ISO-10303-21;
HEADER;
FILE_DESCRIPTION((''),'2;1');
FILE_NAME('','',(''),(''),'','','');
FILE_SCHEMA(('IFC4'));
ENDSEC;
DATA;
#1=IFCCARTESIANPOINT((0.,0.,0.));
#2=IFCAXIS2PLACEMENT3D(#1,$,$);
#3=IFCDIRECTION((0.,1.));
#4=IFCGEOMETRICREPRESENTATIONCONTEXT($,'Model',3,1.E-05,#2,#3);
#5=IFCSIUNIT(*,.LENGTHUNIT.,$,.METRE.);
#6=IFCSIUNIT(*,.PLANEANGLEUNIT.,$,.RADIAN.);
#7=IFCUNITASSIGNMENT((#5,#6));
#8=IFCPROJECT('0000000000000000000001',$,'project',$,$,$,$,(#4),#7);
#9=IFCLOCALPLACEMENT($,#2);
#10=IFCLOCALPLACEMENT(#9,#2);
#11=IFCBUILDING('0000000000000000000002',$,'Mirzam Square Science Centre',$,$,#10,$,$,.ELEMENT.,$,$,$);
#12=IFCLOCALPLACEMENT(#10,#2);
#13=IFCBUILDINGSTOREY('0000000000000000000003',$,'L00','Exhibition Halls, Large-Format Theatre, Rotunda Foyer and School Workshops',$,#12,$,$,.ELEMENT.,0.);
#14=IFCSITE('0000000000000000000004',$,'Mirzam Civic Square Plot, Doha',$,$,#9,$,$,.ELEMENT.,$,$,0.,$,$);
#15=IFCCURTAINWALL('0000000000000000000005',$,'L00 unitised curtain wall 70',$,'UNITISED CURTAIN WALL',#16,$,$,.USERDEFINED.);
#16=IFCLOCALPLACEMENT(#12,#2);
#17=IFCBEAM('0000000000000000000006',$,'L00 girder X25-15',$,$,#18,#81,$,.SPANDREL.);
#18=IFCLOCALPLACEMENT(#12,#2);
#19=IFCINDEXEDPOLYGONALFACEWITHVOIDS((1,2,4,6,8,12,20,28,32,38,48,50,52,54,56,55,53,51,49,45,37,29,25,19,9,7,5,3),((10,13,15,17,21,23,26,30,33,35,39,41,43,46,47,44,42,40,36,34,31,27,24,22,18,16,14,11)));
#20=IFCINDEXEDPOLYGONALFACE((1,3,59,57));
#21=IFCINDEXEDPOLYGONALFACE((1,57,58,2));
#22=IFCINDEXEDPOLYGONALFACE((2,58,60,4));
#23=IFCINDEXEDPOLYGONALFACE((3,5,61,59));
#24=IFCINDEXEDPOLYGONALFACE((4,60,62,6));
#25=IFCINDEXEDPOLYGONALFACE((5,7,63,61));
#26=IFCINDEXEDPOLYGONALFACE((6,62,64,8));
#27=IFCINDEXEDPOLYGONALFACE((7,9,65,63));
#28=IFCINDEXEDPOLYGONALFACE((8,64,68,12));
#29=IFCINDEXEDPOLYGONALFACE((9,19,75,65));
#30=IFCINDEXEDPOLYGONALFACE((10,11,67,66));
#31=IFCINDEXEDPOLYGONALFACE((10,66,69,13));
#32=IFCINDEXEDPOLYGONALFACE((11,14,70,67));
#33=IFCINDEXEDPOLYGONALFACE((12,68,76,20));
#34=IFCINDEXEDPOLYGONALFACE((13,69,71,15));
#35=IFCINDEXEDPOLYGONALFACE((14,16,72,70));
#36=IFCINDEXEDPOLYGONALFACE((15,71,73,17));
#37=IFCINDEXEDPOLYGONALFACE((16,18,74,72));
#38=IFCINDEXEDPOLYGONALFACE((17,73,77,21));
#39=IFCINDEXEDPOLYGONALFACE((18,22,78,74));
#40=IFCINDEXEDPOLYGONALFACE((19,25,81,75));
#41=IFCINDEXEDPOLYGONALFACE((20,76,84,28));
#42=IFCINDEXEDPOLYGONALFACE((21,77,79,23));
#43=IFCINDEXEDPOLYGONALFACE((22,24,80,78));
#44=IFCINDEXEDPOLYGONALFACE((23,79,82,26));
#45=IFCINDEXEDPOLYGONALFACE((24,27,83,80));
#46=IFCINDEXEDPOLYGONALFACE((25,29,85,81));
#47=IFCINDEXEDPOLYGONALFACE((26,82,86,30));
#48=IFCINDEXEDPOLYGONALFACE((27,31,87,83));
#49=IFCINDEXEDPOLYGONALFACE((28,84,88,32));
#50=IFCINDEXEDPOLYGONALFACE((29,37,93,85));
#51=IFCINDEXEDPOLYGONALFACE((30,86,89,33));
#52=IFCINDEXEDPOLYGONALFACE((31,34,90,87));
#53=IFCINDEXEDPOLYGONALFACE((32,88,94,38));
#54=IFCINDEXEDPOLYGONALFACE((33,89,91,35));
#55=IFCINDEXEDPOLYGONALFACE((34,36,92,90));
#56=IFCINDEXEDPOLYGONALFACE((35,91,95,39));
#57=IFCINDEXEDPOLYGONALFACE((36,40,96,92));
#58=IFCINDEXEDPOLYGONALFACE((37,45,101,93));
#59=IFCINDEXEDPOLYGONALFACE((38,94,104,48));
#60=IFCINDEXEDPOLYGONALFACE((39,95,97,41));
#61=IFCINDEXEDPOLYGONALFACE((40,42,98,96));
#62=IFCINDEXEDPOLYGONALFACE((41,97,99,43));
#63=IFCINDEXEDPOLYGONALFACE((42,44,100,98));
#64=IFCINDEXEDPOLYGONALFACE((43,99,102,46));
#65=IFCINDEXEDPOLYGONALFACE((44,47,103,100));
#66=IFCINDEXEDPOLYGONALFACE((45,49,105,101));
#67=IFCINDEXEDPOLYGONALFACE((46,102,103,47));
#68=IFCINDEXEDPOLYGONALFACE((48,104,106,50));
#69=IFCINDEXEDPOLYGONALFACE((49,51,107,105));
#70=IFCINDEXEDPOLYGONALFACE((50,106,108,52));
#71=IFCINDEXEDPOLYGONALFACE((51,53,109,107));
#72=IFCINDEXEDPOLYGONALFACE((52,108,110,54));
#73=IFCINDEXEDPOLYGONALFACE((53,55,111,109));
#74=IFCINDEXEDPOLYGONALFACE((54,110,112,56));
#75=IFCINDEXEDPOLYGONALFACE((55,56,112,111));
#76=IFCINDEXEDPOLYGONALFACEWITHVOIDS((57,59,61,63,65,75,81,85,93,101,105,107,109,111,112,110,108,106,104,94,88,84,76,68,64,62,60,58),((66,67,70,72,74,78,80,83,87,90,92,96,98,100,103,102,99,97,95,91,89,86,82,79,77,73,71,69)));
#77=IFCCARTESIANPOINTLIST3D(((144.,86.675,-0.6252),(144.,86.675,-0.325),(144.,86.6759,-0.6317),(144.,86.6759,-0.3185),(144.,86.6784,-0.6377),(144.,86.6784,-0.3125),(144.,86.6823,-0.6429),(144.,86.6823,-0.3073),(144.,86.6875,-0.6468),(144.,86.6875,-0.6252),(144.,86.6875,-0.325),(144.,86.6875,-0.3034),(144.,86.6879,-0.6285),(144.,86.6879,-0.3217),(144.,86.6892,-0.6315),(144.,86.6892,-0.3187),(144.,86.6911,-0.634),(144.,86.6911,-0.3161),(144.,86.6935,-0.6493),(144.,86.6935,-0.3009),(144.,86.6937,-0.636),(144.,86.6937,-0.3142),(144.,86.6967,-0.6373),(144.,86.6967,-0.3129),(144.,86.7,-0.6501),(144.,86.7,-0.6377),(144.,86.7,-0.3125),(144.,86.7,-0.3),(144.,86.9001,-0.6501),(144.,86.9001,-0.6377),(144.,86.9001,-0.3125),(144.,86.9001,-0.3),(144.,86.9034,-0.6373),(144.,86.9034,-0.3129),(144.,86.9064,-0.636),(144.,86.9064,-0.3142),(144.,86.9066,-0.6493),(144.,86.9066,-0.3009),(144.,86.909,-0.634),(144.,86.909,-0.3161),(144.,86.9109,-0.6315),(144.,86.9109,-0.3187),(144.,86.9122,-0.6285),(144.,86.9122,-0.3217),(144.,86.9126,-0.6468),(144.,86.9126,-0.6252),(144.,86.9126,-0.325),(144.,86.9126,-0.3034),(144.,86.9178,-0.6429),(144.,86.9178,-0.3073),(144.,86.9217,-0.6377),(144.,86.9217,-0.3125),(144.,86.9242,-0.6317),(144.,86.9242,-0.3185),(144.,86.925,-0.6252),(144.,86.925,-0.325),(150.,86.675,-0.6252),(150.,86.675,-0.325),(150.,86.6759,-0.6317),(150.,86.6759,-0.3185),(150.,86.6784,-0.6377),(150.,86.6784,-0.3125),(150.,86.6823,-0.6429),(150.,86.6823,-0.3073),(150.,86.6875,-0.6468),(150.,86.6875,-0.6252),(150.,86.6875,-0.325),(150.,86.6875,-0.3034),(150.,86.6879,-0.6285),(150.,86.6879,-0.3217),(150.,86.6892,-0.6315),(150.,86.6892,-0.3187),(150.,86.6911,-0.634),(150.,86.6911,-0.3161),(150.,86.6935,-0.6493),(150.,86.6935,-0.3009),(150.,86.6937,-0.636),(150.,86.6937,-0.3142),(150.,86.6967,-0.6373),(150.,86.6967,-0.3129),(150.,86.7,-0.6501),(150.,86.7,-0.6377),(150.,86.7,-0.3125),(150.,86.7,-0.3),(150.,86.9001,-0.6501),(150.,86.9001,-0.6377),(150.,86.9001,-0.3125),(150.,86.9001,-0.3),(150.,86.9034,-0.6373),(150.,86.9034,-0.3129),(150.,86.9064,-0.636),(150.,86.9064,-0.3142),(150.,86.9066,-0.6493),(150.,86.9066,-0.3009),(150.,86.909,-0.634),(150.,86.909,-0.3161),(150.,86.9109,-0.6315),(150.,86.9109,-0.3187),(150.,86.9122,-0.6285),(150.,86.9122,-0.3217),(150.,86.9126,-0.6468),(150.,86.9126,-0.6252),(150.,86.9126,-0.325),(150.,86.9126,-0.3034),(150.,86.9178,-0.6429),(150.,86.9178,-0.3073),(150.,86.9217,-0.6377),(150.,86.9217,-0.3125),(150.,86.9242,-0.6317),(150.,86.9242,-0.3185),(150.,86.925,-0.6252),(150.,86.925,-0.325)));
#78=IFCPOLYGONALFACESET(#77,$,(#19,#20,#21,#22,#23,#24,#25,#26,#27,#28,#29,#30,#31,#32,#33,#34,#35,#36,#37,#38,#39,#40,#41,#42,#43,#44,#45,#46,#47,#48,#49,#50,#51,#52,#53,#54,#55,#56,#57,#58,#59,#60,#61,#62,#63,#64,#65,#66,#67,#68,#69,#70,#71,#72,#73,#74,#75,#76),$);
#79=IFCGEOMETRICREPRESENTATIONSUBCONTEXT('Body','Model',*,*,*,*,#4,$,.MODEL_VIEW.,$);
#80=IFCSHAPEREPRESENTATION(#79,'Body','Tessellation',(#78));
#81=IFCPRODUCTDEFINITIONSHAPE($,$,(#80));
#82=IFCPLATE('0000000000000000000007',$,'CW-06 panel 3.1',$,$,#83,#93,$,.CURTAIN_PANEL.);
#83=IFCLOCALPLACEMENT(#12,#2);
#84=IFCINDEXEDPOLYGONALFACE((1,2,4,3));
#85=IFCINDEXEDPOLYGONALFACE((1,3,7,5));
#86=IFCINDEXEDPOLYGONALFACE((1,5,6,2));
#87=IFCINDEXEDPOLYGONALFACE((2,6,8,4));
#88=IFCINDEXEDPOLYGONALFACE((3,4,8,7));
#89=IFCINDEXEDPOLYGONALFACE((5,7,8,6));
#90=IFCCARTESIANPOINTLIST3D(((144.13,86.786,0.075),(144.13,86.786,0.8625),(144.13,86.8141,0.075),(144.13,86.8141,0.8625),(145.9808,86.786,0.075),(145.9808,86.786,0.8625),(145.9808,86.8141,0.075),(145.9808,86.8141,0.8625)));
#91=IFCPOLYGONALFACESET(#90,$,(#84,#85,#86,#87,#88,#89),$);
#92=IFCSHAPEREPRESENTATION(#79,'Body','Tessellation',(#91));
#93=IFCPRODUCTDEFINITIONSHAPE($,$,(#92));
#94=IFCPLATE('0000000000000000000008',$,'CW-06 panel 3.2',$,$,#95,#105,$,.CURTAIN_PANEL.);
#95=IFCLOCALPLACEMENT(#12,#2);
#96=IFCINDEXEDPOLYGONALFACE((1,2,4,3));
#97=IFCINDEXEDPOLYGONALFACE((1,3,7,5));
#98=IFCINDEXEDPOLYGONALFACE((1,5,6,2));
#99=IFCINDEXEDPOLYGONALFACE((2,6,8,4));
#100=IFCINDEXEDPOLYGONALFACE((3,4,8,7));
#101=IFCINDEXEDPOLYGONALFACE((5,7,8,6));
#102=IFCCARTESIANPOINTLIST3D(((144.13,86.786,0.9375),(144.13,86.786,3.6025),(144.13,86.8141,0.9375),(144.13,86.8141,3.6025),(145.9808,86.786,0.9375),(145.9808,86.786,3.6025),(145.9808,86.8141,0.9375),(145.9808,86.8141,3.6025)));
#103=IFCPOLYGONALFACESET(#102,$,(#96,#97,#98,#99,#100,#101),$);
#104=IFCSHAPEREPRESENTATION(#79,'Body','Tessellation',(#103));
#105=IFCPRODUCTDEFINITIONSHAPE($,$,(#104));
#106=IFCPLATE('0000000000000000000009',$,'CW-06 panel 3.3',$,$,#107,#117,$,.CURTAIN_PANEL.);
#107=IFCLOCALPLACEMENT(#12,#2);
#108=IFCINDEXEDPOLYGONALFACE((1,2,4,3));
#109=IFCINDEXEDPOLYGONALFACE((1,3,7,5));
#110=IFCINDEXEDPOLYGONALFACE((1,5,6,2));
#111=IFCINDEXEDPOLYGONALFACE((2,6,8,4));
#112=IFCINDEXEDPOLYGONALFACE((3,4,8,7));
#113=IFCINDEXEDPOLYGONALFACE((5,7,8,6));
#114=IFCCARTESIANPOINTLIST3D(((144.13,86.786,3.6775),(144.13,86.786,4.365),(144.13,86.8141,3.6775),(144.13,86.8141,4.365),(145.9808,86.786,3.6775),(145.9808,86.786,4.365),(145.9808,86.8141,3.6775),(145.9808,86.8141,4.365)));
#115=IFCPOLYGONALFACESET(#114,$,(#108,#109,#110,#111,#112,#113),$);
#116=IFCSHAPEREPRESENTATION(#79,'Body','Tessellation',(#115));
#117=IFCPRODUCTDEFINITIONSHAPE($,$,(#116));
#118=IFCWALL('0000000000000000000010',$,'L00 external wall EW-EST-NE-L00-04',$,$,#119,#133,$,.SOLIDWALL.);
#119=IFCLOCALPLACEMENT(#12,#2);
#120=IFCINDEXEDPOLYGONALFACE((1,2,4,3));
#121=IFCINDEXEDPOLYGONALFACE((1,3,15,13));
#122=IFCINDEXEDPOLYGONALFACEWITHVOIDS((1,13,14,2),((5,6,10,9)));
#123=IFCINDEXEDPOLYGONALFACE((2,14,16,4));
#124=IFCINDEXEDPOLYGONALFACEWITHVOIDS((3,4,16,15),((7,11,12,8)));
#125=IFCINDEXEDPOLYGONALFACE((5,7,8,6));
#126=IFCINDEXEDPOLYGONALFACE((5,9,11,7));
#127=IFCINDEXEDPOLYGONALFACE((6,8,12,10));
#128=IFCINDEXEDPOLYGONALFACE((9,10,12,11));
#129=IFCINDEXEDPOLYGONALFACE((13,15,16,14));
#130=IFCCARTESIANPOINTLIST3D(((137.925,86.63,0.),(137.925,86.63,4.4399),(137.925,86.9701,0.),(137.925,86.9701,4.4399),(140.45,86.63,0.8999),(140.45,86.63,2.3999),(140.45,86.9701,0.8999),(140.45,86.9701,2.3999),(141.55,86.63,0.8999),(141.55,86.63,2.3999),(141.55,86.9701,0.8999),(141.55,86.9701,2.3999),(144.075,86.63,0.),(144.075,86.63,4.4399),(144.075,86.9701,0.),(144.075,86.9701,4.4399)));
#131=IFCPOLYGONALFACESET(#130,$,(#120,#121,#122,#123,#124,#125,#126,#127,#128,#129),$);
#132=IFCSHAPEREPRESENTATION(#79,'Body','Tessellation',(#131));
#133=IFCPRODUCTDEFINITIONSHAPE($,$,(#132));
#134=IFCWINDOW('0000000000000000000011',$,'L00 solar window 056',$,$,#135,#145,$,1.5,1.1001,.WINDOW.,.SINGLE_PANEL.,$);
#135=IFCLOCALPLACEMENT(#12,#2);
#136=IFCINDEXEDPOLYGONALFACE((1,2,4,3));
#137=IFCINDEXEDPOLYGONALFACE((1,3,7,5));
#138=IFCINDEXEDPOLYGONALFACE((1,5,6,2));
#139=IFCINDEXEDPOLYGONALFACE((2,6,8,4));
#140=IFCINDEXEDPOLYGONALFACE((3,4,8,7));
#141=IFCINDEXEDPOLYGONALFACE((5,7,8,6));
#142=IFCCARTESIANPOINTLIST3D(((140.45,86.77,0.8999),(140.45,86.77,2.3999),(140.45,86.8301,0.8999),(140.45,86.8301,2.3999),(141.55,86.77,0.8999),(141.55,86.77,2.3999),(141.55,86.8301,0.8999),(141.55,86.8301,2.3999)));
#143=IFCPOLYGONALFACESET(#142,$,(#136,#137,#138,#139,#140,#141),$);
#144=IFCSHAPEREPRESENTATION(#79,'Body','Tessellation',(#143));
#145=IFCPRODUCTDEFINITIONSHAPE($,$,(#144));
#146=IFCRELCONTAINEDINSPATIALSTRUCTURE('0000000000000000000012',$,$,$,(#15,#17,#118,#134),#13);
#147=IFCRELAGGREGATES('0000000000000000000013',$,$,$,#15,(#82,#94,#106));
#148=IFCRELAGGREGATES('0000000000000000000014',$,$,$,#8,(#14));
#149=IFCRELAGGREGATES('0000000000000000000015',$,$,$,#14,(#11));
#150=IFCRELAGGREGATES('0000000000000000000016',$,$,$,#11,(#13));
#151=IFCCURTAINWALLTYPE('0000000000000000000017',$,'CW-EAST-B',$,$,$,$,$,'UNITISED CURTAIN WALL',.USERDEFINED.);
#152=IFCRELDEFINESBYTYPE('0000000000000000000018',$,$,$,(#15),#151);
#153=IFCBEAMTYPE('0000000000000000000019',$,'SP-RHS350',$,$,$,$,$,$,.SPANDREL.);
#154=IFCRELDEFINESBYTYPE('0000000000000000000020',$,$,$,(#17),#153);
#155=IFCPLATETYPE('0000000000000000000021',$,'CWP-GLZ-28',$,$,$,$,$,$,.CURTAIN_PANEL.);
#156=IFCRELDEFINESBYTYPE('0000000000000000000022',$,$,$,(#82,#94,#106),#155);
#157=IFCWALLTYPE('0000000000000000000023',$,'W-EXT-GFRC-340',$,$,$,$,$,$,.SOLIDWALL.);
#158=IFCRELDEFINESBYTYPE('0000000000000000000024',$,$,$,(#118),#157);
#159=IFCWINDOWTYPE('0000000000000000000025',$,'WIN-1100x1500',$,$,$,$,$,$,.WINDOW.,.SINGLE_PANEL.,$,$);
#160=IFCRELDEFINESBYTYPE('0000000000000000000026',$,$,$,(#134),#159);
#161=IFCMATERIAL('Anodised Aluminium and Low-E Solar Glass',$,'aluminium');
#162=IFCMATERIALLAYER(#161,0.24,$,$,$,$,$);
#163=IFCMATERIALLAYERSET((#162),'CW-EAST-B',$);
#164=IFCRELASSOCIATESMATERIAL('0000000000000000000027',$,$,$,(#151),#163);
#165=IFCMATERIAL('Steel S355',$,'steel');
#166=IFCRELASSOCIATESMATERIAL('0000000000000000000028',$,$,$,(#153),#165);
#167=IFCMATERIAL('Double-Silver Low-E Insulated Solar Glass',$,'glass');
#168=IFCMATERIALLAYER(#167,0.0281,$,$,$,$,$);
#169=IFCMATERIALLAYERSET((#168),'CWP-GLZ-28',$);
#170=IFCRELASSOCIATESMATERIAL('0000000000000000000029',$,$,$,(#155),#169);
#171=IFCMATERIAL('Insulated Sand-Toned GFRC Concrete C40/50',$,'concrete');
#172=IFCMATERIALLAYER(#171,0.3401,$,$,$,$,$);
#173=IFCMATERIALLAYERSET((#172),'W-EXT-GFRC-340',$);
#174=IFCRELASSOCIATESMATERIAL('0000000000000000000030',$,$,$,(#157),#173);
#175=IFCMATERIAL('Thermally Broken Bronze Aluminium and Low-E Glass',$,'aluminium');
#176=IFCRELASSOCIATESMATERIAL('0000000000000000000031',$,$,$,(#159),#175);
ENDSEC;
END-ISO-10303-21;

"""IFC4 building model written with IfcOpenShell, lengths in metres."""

from ifc_helpers import new_model, si_unit, direction, frame, frame_2d, origin, origin_2d, place, context, subcontext, project, spatial, rectangle, hollow_rectangle, extrude, material, layer, layer_set, material_profile, profile_set, type_object, element, fill, aggregate, save


model = new_model("IFC4")

# Units and contexts
model_context = context("Model", 3, precision=1e-05, world=origin(), true_north=direction((0.0, 1.0)))
body_context = subcontext(model_context, "Body", "Model", "MODEL_VIEW")
ifc_project = project(units=[si_unit("LENGTHUNIT", "METRE"), si_unit("PLANEANGLEUNIT", "RADIAN")], contexts=[model_context])

# Site, building, storey
site_placement = place(None, origin())
site = spatial("IfcSite", under=ifc_project, at=site_placement, Name="Mirzam Civic Square Plot, Doha", CompositionType="ELEMENT", RefElevation=0.0)
building_placement = place(site_placement, origin())
building = spatial("IfcBuilding", under=site, at=building_placement, Name="Mirzam Square Science Centre", CompositionType="ELEMENT")
storey_placement = place(building_placement, origin())
storey = spatial("IfcBuildingStorey", under=building, at=storey_placement, Name="L00", Description="Exhibition Halls, Large-Format Theatre, Rotunda Foyer and School Workshops", CompositionType="ELEMENT", Elevation=0.0)

# Shared definitions
ifc_material_1 = material(Name="Steel S355", Category="steel")

# Curtain wall
ifc_material_2 = material(Name="Anodised Aluminium and Low-E Solar Glass", Category="aluminium")
ifc_layer_1 = layer(ifc_material_2, 0.24)
ifc_layer_set_1 = layer_set([ifc_layer_1], Name="CW-EAST-B")
curtain_wall_type = type_object("IfcCurtainWallType", Name="CW-EAST-B", ElementType="UNITISED CURTAIN WALL", PredefinedType="USERDEFINED", material=ifc_layer_set_1)
curtain_wall_placement = place(storey_placement, origin())
curtain_wall = element("IfcCurtainWall", 1, at=curtain_wall_placement, inside=storey, type_object=curtain_wall_type, Name="L00 unitised curtain wall 70", ObjectType="UNITISED CURTAIN WALL", PredefinedType="USERDEFINED")

# Beam
ifc_material_profile_1 = material_profile(ifc_material_1, hollow_rectangle(XDim=0.25, YDim=0.3501, WallThickness=0.0125, InnerFilletRadius=0.0125, OuterFilletRadius=0.0249, at=origin_2d()), Name="350x250x12.5RHS")
ifc_profile_set_1 = profile_set([ifc_material_profile_1], Name="Steel S355")
beam_type_1 = type_object("IfcBeamType", Name="SP-RHS350", PredefinedType="SPANDREL", material=ifc_profile_set_1)
beam_1_placement = place(storey_placement, frame((144.0, 86.8, -0.4751), z_axis=(1.0, 0.0, 0.0), x_axis=(0.0, 1.0, 0.0)))
element("IfcBeam", 2, at=beam_1_placement, inside=storey, type_object=beam_type_1, Name="L00 girder X25-15", PredefinedType="SPANDREL", context=body_context, shape_type="SweptSolid", body=[
    extrude(hollow_rectangle(XDim=0.25, YDim=0.3501, WallThickness=0.0125, InnerFilletRadius=0.0125, OuterFilletRadius=0.0249, at=origin_2d()), origin(), (0.0, 0.0, 1.0), 6.0),
])

# Plates
ifc_material_3 = material(Name="Double-Silver Low-E Insulated Solar Glass", Category="glass")
ifc_layer_2 = layer(ifc_material_3, 0.0281)
ifc_layer_set_2 = layer_set([ifc_layer_2], Name="CWP-GLZ-28")
plate_type = type_object("IfcPlateType", Name="CWP-GLZ-28", PredefinedType="CURTAIN_PANEL", material=ifc_layer_set_2)
plate_1_placement = place(storey_placement, frame((145.0554, 86.8, 0.075), z_axis=(0.0, 0.0, 1.0), x_axis=(-1.0, 0.0, 0.0)))
plate_1 = element("IfcPlate", 3, at=plate_1_placement, type_object=plate_type, Name="CW-06 panel 3.1", PredefinedType="CURTAIN_PANEL", context=body_context, shape_type="SweptSolid", body=[
    extrude(rectangle(XDim=1.8508, YDim=0.0281, at=origin_2d()), origin(), (0.0, 0.0, 1.0), 0.7876),
])
plate_2_placement = place(storey_placement, frame((145.0554, 86.8, 0.9375), z_axis=(0.0, 0.0, 1.0), x_axis=(-1.0, 0.0, 0.0)))
plate_2 = element("IfcPlate", 4, at=plate_2_placement, type_object=plate_type, Name="CW-06 panel 3.2", PredefinedType="CURTAIN_PANEL", context=body_context, shape_type="SweptSolid", body=[
    extrude(rectangle(XDim=1.8508, YDim=0.0281, at=origin_2d()), origin(), (0.0, 0.0, 1.0), 2.665),
])
plate_3_placement = place(storey_placement, frame((145.0554, 86.8, 3.6775), z_axis=(0.0, 0.0, 1.0), x_axis=(-1.0, 0.0, 0.0)))
plate_3 = element("IfcPlate", 5, at=plate_3_placement, type_object=plate_type, Name="CW-06 panel 3.3", PredefinedType="CURTAIN_PANEL", context=body_context, shape_type="SweptSolid", body=[
    extrude(rectangle(XDim=1.8508, YDim=0.0281, at=origin_2d()), origin(), (0.0, 0.0, 1.0), 0.6875),
])
aggregate(curtain_wall, [plate_1, plate_2, plate_3])

# Wall, opening, window
ifc_material_4 = material(Name="Insulated Sand-Toned GFRC Concrete C40/50", Category="concrete")
ifc_layer_3 = layer(ifc_material_4, 0.3401)
ifc_layer_set_3 = layer_set([ifc_layer_3], Name="W-EXT-GFRC-340")
wall_type = type_object("IfcWallType", Name="W-EXT-GFRC-340", PredefinedType="SOLIDWALL", material=ifc_layer_set_3)
wall_placement = place(storey_placement, frame((144.075, 86.8, 0.0), z_axis=(0.0, 0.0, 1.0), x_axis=(-1.0, 0.0, 0.0)))
wall = element("IfcWall", 6, at=wall_placement, inside=storey, type_object=wall_type, Name="L00 external wall EW-EST-NE-L00-04", PredefinedType="SOLIDWALL", context=body_context, shape_type="SweptSolid", body=[
    extrude(rectangle(XDim=6.1499, YDim=0.3401, at=frame_2d((3.075, 0.0))), origin(), (0.0, 0.0, 1.0), 4.4399),
])
opening_placement = place(wall_placement, frame((2.5249, 0.0, 0.8999)))
opening = element("IfcOpeningElement", 7, at=opening_placement, cuts=wall, PredefinedType="OPENING", context=body_context, shape_type="SweptSolid", body=[
    extrude(rectangle(XDim=1.1001, YDim=1.5, at=frame_2d((0.55, 0.75))), frame((0.0, 0.1799, 0.0), z_axis=(0.0, -1.0, 0.0), x_axis=(1.0, 0.0, 0.0)), (0.0, 0.0, 1.0), 0.3601),
])
ifc_material_5 = material(Name="Thermally Broken Bronze Aluminium and Low-E Glass", Category="aluminium")
window_type = type_object("IfcWindowType", Name="WIN-1100x1500", PartitioningType="SINGLE_PANEL", PredefinedType="WINDOW", material=ifc_material_5)
window_placement = place(opening_placement, origin())
window = element("IfcWindow", 8, at=window_placement, inside=storey, type_object=window_type, Name="L00 solar window 056", OverallHeight=1.5, OverallWidth=1.1001, PartitioningType="SINGLE_PANEL", PredefinedType="WINDOW", context=body_context, shape_type="SweptSolid", body=[
    extrude(rectangle(XDim=1.1001, YDim=1.5, at=frame_2d((0.55, 0.75))), frame((0.0, 0.03, 0.0), z_axis=(0.0, -1.0, 0.0), x_axis=(1.0, 0.0, 0.0)), (0.0, 0.0, 1.0), 0.0601),
])
fill(opening, window)

save(model, "model.ifc")
